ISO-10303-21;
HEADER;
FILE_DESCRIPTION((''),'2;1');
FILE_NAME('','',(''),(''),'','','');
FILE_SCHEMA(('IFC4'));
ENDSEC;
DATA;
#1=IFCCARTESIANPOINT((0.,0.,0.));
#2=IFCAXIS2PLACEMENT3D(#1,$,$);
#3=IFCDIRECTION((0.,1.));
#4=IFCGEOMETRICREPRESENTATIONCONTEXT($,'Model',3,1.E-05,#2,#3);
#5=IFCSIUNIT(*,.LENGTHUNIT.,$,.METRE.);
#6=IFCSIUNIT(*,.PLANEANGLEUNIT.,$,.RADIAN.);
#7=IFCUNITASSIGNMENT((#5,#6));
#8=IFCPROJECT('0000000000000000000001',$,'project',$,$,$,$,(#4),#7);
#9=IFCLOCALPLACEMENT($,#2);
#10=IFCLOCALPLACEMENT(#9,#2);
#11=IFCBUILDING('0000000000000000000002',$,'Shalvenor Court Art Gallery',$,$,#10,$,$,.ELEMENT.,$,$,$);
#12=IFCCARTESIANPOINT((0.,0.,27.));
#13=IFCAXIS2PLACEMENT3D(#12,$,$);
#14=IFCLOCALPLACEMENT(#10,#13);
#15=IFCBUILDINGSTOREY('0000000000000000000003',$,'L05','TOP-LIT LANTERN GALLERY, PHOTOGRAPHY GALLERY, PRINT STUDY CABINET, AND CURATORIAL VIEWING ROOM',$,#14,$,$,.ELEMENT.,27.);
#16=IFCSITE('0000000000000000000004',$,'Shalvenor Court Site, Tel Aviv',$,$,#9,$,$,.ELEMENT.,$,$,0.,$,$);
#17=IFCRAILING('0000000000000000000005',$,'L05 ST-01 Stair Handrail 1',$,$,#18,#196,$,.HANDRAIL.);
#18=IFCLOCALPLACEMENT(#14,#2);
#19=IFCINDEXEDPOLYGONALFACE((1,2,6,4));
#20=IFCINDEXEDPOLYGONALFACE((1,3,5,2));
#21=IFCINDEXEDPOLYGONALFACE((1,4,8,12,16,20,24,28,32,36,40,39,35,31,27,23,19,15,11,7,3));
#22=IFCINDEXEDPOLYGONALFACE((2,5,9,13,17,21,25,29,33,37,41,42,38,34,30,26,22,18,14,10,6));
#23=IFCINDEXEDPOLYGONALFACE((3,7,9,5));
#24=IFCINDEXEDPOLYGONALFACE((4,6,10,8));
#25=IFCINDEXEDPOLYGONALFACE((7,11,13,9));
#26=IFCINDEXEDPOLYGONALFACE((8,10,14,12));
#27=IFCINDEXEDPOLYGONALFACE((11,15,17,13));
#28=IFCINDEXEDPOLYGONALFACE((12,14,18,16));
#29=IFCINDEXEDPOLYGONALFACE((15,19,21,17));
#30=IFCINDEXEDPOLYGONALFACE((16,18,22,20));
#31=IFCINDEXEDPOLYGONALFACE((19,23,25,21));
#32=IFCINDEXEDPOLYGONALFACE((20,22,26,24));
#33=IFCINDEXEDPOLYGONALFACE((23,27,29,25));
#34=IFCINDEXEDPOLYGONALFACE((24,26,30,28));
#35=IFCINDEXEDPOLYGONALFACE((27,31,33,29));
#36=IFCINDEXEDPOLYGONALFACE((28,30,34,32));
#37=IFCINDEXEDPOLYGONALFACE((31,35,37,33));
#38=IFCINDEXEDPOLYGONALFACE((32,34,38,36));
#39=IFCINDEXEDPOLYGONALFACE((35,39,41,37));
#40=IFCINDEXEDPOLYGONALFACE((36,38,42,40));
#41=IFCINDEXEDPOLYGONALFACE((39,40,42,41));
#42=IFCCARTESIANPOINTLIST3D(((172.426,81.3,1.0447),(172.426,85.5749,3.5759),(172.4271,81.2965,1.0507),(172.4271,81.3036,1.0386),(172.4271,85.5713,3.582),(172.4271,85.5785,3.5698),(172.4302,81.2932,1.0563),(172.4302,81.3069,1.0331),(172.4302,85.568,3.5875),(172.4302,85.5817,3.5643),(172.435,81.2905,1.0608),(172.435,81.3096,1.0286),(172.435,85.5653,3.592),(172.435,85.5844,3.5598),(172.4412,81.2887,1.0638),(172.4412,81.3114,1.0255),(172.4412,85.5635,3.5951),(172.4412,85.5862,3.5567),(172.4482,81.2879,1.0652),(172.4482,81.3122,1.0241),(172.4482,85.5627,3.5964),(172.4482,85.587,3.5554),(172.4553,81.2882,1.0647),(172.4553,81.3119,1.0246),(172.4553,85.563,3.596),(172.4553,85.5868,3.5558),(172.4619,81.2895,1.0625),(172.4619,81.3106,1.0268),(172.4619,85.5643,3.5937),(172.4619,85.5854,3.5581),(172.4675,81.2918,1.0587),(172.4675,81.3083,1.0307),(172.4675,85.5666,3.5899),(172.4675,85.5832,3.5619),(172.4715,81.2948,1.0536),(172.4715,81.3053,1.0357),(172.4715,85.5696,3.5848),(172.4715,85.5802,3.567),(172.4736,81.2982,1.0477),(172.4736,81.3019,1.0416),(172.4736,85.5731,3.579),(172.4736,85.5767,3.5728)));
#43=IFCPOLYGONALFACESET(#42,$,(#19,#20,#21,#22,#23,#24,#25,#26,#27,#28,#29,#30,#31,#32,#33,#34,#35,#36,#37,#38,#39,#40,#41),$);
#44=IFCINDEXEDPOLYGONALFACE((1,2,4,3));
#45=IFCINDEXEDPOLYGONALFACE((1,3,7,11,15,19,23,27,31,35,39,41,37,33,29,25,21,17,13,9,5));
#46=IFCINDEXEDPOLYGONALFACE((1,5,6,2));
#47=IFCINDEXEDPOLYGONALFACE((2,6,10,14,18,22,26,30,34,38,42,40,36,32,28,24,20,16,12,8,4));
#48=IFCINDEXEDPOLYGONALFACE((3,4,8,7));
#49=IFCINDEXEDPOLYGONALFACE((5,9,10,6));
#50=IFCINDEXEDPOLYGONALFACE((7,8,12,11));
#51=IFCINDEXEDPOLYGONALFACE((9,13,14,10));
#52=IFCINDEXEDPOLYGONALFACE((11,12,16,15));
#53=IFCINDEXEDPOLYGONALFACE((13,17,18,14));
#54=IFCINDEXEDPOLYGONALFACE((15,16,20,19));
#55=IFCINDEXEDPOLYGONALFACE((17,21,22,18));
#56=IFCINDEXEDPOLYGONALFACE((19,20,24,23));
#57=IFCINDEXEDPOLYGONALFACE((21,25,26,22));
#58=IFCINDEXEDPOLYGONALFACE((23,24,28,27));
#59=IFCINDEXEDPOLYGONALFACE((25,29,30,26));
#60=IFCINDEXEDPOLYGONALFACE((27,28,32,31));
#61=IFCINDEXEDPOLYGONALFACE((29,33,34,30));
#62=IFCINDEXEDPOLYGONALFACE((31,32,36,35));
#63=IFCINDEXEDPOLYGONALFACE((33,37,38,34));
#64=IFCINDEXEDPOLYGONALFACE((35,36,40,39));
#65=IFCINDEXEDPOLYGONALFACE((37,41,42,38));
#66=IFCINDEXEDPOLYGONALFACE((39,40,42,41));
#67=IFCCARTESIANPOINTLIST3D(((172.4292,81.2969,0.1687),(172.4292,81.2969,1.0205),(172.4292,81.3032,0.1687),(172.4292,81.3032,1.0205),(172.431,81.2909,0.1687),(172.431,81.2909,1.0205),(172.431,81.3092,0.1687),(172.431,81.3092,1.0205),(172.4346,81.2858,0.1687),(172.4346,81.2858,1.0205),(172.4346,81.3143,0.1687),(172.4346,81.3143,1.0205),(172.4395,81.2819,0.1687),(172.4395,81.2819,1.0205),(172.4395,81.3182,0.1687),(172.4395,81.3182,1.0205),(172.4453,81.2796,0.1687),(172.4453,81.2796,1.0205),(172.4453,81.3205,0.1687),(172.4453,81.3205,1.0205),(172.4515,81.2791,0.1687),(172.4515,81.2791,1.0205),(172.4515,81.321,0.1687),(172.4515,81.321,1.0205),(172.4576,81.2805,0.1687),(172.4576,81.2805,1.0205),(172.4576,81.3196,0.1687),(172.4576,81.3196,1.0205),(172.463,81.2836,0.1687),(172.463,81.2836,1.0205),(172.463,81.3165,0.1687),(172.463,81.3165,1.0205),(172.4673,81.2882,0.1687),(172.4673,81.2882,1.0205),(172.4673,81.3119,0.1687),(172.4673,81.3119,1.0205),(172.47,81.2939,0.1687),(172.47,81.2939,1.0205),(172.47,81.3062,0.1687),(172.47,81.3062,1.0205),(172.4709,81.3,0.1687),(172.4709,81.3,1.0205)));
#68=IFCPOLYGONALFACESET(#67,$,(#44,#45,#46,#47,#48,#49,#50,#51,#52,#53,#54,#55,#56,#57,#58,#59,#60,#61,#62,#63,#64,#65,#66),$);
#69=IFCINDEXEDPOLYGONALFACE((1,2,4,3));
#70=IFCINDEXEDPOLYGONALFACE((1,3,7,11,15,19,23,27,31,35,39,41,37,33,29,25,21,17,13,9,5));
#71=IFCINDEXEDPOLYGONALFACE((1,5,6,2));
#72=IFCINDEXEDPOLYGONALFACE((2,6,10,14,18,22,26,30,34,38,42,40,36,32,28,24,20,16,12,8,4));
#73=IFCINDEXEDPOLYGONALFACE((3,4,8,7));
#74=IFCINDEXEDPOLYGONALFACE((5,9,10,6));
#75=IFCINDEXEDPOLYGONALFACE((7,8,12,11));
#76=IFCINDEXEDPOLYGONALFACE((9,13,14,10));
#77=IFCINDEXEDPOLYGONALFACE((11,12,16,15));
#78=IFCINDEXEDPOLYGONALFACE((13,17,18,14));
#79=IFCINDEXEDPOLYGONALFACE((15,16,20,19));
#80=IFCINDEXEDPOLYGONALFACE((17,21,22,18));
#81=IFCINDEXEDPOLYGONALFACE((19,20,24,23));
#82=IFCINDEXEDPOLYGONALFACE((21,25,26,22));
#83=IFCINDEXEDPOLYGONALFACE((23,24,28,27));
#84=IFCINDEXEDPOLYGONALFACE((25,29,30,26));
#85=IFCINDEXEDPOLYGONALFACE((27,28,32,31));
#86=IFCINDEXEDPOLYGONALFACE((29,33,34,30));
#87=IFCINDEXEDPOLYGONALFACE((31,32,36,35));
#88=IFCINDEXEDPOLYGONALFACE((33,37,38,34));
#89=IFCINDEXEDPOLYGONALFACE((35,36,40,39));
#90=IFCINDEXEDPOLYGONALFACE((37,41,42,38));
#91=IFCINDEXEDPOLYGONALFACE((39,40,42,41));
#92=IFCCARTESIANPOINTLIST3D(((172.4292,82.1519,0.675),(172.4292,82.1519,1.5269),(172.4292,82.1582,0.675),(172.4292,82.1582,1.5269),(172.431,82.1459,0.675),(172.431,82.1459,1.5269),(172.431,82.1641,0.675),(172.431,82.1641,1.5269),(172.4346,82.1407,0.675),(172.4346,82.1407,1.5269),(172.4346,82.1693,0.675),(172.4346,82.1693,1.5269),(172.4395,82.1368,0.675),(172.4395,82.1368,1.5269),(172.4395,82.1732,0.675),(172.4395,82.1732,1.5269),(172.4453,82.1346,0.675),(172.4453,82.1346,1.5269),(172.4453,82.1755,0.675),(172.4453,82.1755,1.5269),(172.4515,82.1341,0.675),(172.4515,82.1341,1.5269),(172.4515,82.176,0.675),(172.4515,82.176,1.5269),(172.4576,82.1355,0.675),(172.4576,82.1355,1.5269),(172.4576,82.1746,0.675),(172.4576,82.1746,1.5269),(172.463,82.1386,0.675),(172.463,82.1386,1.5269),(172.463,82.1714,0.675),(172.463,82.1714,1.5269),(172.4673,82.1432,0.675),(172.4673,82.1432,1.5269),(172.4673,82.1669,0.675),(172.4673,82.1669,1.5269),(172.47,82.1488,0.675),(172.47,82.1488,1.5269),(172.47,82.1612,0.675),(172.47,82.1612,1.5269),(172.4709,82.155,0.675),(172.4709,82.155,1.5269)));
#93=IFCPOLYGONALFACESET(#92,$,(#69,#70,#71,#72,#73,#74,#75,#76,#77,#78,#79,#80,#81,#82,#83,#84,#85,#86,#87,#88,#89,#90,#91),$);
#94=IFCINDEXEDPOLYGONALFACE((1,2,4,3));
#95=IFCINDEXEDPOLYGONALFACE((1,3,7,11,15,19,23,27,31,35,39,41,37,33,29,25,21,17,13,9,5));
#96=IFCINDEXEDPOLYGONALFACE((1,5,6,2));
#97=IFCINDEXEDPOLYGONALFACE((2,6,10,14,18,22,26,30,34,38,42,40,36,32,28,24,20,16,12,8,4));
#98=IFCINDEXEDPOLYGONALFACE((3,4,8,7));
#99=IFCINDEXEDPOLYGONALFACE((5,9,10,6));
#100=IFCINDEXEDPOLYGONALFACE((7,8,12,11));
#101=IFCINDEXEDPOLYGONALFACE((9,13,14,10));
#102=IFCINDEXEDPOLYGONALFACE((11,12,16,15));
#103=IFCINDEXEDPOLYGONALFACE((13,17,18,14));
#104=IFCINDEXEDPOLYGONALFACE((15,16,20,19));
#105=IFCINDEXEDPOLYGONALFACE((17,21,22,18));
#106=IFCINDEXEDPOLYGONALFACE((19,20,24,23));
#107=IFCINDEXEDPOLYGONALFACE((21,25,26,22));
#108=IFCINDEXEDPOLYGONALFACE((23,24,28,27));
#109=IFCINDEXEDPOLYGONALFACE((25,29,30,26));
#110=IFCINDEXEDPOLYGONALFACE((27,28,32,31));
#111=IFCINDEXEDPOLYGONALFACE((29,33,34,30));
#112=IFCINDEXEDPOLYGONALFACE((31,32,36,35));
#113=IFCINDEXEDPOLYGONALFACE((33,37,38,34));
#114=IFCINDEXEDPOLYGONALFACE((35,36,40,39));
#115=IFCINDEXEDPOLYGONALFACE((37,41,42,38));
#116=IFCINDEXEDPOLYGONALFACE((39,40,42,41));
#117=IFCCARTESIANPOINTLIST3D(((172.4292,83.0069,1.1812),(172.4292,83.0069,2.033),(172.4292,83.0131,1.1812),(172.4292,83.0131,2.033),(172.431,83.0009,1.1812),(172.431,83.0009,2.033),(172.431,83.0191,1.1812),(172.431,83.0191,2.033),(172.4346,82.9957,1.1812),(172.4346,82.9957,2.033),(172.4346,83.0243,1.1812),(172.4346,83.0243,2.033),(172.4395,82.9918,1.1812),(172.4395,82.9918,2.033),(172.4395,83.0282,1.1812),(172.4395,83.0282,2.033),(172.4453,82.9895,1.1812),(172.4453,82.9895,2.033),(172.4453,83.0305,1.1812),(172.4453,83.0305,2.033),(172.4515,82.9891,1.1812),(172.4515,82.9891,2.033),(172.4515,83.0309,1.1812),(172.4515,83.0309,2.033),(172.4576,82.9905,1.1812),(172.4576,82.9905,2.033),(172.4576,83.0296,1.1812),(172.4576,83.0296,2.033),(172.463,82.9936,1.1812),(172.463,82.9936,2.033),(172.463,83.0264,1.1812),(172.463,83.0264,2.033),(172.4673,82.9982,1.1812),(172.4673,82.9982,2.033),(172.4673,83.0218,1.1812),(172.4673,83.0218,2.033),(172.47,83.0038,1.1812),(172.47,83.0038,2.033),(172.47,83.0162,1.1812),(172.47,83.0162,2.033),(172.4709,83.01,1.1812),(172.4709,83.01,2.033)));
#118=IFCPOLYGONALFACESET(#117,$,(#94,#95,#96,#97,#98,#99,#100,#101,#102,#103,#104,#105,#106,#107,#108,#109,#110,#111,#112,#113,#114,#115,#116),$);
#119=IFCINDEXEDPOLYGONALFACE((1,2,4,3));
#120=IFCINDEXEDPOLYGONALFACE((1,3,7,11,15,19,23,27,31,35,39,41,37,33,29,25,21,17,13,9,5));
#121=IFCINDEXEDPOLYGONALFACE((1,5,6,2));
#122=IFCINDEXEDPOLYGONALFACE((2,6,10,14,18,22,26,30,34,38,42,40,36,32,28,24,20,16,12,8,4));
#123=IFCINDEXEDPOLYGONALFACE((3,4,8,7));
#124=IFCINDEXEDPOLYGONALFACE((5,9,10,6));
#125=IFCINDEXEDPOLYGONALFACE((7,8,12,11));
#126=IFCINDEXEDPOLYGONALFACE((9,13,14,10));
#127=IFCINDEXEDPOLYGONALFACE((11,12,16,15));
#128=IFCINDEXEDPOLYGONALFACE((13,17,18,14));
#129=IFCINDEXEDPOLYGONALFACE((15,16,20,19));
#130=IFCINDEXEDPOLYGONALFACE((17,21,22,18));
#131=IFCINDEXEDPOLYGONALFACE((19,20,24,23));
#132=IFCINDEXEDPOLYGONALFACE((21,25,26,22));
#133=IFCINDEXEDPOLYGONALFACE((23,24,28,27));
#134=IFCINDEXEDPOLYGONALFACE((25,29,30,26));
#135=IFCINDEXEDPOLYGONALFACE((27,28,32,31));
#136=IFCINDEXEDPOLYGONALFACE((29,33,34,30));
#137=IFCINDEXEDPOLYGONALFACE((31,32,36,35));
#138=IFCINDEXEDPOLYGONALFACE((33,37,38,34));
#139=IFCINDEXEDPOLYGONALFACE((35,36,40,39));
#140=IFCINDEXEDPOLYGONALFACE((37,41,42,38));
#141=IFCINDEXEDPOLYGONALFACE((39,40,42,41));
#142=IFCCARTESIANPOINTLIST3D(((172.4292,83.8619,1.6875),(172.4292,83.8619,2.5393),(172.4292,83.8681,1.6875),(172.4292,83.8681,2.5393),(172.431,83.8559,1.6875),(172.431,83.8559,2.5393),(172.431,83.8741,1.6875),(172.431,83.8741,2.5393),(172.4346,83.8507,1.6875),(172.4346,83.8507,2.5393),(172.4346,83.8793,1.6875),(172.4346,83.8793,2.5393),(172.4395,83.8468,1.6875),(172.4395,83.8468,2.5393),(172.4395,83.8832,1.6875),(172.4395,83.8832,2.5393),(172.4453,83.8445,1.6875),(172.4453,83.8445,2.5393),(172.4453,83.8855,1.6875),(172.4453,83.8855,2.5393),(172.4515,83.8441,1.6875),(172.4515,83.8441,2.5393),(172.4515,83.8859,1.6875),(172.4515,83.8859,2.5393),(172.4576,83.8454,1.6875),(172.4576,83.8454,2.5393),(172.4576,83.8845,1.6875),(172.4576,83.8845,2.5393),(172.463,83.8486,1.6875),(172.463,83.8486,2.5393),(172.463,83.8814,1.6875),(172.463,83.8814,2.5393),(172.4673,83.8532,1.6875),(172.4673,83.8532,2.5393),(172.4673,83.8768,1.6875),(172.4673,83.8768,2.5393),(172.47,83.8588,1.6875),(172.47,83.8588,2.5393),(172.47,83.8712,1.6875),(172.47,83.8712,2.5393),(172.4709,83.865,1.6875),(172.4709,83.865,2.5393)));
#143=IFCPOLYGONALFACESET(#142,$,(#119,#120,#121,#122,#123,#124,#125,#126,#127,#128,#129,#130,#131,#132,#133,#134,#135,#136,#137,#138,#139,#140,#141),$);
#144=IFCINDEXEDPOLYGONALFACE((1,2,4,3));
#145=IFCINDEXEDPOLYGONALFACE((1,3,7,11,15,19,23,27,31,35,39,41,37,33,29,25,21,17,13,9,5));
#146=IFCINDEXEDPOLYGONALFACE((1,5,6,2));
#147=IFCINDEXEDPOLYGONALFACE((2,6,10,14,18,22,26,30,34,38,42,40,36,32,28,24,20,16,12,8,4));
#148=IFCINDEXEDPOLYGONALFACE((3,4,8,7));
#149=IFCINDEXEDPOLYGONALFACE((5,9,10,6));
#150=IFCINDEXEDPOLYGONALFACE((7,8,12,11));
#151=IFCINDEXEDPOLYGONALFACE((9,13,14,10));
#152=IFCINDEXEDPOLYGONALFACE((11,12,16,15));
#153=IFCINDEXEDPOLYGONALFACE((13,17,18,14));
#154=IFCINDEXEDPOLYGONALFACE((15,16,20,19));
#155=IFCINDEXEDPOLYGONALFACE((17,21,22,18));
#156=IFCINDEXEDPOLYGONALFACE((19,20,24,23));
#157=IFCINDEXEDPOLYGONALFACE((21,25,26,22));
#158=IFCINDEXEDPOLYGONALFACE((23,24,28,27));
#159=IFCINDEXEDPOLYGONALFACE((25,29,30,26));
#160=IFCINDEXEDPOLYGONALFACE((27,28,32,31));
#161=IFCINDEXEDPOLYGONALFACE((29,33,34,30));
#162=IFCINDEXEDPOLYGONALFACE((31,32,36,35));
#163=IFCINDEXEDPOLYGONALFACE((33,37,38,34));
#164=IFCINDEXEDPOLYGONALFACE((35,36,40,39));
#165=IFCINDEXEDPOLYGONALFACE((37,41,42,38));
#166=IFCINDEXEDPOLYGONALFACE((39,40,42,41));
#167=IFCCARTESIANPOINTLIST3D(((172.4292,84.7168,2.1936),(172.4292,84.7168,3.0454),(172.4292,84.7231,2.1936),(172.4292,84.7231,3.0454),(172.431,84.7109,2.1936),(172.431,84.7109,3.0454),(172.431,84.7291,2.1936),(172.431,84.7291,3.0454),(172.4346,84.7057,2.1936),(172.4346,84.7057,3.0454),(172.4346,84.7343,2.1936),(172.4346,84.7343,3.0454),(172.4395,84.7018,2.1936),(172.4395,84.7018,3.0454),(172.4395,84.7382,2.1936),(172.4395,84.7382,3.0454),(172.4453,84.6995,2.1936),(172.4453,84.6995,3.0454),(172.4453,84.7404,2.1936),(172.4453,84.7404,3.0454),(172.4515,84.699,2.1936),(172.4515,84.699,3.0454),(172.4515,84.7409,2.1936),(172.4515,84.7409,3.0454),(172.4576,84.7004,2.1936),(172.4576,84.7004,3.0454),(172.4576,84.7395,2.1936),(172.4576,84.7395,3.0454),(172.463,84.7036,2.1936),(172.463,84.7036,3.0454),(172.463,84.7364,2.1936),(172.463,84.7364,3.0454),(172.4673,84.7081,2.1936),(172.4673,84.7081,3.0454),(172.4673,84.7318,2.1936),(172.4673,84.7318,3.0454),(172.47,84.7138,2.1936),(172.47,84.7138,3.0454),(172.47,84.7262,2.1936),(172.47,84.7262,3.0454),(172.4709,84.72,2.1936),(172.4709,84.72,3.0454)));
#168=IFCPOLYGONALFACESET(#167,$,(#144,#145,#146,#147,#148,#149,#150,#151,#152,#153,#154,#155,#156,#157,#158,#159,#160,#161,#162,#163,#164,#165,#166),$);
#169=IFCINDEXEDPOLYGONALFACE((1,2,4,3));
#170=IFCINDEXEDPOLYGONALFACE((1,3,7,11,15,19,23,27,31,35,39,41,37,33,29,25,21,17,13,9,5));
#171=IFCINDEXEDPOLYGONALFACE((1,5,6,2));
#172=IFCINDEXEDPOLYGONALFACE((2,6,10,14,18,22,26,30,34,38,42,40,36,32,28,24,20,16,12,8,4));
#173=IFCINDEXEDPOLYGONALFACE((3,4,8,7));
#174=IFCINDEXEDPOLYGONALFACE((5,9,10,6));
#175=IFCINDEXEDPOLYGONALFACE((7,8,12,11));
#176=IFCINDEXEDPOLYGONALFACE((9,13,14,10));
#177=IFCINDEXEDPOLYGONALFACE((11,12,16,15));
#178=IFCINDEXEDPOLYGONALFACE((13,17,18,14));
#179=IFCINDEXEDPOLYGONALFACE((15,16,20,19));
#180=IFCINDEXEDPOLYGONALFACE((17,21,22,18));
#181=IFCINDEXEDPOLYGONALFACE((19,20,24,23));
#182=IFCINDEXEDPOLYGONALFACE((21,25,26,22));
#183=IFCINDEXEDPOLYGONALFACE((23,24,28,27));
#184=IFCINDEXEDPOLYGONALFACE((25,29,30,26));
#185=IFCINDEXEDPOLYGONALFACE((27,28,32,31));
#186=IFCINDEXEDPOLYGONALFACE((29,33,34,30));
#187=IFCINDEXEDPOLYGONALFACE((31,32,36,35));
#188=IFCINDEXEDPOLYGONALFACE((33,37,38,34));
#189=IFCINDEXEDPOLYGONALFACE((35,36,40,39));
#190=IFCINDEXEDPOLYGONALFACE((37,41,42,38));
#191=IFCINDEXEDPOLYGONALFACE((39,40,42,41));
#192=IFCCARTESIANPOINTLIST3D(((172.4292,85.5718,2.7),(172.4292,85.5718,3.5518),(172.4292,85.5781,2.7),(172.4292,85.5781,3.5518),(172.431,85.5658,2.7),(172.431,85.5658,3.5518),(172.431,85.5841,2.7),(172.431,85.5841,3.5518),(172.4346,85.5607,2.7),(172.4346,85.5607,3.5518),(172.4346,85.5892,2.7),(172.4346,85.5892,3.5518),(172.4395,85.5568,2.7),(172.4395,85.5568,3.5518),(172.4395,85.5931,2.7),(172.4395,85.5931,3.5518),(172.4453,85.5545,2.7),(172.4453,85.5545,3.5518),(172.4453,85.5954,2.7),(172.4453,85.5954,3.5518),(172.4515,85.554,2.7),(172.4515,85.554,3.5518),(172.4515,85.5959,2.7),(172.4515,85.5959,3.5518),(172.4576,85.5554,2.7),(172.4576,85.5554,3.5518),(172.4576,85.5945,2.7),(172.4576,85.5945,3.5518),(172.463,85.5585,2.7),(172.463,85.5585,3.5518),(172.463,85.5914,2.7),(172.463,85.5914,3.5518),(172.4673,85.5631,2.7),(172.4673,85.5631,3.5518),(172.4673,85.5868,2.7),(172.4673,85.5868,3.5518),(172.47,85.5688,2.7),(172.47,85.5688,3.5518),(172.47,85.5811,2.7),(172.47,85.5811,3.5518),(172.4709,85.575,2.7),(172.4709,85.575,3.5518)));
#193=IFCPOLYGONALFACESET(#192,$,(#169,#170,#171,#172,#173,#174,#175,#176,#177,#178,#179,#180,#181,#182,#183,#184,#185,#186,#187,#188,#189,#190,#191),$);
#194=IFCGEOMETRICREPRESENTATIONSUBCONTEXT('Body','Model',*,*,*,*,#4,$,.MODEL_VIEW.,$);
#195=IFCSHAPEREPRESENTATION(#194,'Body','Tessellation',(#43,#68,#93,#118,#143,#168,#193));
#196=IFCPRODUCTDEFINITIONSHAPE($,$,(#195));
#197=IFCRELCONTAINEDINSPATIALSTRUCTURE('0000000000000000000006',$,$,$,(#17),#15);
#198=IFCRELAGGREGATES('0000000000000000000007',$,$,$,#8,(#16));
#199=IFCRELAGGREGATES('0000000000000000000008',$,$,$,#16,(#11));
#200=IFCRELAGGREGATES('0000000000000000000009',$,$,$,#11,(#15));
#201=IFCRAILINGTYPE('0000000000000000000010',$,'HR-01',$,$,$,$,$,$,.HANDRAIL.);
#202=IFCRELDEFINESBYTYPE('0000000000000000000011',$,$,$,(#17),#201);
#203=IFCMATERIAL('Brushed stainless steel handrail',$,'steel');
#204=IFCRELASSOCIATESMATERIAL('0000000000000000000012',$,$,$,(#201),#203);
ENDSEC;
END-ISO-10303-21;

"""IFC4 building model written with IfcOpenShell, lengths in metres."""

from ifc_helpers import new_model, si_unit, direction, frame, origin, origin_2d, place, context, subcontext, project, spatial, circle, extrude, material, type_object, element, save


model = new_model("IFC4")

# Units and contexts
model_context = context("Model", 3, precision=1e-05, world=origin(), true_north=direction((0.0, 1.0)))
body_context = subcontext(model_context, "Body", "Model", "MODEL_VIEW")
ifc_project = project(units=[si_unit("LENGTHUNIT", "METRE"), si_unit("PLANEANGLEUNIT", "RADIAN")], contexts=[model_context])

# Site, building, storey
site_placement = place(None, origin())
site = spatial("IfcSite", under=ifc_project, at=site_placement, Name="Shalvenor Court Site, Tel Aviv", CompositionType="ELEMENT", RefElevation=0.0)
building_placement = place(site_placement, origin())
building = spatial("IfcBuilding", under=site, at=building_placement, Name="Shalvenor Court Art Gallery", CompositionType="ELEMENT")
storey_placement = place(building_placement, frame((0.0, 0.0, 27.0)))
storey = spatial("IfcBuildingStorey", under=building, at=storey_placement, Name="L05", Description="TOP-LIT LANTERN GALLERY, PHOTOGRAPHY GALLERY, PRINT STUDY CABINET, AND CURATORIAL VIEWING ROOM", CompositionType="ELEMENT", Elevation=27.0)

# Railing
ifc_material_1 = material(Name="Brushed stainless steel handrail", Category="steel")
railing_type_1 = type_object("IfcRailingType", Name="HR-01", PredefinedType="HANDRAIL", material=ifc_material_1)
railing_1_placement = place(storey_placement, frame((172.45, 81.3, 0.1687)))
element("IfcRailing", 1, at=railing_1_placement, inside=storey, type_object=railing_type_1, Name="L05 ST-01 Stair Handrail 1", PredefinedType="HANDRAIL", context=body_context, shape_type="SweptSolid", body=[
    extrude(circle(Radius=0.0239, at=origin_2d()), frame((0.0, 0.0, 0.876), z_axis=(0.0, 0.86047, 0.509501), x_axis=(-1.0, 0.0, 0.0)), (0.0, 0.0, 1.0), 4.968),
    extrude(circle(Radius=0.021, at=origin_2d()), origin(), (0.0, 0.0, 1.0), 0.8518),
    extrude(circle(Radius=0.021, at=origin_2d()), frame((0.0, 0.855, 0.5063)), (0.0, 0.0, 1.0), 0.8518),
    extrude(circle(Radius=0.021, at=origin_2d()), frame((0.0, 1.71, 1.0125)), (0.0, 0.0, 1.0), 0.8518),
    extrude(circle(Radius=0.021, at=origin_2d()), frame((0.0, 2.5649, 1.5188)), (0.0, 0.0, 1.0), 0.8518),
    extrude(circle(Radius=0.021, at=origin_2d()), frame((0.0, 3.4199, 2.0249)), (0.0, 0.0, 1.0), 0.8518),
    extrude(circle(Radius=0.021, at=origin_2d()), frame((0.0, 4.2749, 2.5312)), (0.0, 0.0, 1.0), 0.8518),
])

save(model, "model.ifc")
